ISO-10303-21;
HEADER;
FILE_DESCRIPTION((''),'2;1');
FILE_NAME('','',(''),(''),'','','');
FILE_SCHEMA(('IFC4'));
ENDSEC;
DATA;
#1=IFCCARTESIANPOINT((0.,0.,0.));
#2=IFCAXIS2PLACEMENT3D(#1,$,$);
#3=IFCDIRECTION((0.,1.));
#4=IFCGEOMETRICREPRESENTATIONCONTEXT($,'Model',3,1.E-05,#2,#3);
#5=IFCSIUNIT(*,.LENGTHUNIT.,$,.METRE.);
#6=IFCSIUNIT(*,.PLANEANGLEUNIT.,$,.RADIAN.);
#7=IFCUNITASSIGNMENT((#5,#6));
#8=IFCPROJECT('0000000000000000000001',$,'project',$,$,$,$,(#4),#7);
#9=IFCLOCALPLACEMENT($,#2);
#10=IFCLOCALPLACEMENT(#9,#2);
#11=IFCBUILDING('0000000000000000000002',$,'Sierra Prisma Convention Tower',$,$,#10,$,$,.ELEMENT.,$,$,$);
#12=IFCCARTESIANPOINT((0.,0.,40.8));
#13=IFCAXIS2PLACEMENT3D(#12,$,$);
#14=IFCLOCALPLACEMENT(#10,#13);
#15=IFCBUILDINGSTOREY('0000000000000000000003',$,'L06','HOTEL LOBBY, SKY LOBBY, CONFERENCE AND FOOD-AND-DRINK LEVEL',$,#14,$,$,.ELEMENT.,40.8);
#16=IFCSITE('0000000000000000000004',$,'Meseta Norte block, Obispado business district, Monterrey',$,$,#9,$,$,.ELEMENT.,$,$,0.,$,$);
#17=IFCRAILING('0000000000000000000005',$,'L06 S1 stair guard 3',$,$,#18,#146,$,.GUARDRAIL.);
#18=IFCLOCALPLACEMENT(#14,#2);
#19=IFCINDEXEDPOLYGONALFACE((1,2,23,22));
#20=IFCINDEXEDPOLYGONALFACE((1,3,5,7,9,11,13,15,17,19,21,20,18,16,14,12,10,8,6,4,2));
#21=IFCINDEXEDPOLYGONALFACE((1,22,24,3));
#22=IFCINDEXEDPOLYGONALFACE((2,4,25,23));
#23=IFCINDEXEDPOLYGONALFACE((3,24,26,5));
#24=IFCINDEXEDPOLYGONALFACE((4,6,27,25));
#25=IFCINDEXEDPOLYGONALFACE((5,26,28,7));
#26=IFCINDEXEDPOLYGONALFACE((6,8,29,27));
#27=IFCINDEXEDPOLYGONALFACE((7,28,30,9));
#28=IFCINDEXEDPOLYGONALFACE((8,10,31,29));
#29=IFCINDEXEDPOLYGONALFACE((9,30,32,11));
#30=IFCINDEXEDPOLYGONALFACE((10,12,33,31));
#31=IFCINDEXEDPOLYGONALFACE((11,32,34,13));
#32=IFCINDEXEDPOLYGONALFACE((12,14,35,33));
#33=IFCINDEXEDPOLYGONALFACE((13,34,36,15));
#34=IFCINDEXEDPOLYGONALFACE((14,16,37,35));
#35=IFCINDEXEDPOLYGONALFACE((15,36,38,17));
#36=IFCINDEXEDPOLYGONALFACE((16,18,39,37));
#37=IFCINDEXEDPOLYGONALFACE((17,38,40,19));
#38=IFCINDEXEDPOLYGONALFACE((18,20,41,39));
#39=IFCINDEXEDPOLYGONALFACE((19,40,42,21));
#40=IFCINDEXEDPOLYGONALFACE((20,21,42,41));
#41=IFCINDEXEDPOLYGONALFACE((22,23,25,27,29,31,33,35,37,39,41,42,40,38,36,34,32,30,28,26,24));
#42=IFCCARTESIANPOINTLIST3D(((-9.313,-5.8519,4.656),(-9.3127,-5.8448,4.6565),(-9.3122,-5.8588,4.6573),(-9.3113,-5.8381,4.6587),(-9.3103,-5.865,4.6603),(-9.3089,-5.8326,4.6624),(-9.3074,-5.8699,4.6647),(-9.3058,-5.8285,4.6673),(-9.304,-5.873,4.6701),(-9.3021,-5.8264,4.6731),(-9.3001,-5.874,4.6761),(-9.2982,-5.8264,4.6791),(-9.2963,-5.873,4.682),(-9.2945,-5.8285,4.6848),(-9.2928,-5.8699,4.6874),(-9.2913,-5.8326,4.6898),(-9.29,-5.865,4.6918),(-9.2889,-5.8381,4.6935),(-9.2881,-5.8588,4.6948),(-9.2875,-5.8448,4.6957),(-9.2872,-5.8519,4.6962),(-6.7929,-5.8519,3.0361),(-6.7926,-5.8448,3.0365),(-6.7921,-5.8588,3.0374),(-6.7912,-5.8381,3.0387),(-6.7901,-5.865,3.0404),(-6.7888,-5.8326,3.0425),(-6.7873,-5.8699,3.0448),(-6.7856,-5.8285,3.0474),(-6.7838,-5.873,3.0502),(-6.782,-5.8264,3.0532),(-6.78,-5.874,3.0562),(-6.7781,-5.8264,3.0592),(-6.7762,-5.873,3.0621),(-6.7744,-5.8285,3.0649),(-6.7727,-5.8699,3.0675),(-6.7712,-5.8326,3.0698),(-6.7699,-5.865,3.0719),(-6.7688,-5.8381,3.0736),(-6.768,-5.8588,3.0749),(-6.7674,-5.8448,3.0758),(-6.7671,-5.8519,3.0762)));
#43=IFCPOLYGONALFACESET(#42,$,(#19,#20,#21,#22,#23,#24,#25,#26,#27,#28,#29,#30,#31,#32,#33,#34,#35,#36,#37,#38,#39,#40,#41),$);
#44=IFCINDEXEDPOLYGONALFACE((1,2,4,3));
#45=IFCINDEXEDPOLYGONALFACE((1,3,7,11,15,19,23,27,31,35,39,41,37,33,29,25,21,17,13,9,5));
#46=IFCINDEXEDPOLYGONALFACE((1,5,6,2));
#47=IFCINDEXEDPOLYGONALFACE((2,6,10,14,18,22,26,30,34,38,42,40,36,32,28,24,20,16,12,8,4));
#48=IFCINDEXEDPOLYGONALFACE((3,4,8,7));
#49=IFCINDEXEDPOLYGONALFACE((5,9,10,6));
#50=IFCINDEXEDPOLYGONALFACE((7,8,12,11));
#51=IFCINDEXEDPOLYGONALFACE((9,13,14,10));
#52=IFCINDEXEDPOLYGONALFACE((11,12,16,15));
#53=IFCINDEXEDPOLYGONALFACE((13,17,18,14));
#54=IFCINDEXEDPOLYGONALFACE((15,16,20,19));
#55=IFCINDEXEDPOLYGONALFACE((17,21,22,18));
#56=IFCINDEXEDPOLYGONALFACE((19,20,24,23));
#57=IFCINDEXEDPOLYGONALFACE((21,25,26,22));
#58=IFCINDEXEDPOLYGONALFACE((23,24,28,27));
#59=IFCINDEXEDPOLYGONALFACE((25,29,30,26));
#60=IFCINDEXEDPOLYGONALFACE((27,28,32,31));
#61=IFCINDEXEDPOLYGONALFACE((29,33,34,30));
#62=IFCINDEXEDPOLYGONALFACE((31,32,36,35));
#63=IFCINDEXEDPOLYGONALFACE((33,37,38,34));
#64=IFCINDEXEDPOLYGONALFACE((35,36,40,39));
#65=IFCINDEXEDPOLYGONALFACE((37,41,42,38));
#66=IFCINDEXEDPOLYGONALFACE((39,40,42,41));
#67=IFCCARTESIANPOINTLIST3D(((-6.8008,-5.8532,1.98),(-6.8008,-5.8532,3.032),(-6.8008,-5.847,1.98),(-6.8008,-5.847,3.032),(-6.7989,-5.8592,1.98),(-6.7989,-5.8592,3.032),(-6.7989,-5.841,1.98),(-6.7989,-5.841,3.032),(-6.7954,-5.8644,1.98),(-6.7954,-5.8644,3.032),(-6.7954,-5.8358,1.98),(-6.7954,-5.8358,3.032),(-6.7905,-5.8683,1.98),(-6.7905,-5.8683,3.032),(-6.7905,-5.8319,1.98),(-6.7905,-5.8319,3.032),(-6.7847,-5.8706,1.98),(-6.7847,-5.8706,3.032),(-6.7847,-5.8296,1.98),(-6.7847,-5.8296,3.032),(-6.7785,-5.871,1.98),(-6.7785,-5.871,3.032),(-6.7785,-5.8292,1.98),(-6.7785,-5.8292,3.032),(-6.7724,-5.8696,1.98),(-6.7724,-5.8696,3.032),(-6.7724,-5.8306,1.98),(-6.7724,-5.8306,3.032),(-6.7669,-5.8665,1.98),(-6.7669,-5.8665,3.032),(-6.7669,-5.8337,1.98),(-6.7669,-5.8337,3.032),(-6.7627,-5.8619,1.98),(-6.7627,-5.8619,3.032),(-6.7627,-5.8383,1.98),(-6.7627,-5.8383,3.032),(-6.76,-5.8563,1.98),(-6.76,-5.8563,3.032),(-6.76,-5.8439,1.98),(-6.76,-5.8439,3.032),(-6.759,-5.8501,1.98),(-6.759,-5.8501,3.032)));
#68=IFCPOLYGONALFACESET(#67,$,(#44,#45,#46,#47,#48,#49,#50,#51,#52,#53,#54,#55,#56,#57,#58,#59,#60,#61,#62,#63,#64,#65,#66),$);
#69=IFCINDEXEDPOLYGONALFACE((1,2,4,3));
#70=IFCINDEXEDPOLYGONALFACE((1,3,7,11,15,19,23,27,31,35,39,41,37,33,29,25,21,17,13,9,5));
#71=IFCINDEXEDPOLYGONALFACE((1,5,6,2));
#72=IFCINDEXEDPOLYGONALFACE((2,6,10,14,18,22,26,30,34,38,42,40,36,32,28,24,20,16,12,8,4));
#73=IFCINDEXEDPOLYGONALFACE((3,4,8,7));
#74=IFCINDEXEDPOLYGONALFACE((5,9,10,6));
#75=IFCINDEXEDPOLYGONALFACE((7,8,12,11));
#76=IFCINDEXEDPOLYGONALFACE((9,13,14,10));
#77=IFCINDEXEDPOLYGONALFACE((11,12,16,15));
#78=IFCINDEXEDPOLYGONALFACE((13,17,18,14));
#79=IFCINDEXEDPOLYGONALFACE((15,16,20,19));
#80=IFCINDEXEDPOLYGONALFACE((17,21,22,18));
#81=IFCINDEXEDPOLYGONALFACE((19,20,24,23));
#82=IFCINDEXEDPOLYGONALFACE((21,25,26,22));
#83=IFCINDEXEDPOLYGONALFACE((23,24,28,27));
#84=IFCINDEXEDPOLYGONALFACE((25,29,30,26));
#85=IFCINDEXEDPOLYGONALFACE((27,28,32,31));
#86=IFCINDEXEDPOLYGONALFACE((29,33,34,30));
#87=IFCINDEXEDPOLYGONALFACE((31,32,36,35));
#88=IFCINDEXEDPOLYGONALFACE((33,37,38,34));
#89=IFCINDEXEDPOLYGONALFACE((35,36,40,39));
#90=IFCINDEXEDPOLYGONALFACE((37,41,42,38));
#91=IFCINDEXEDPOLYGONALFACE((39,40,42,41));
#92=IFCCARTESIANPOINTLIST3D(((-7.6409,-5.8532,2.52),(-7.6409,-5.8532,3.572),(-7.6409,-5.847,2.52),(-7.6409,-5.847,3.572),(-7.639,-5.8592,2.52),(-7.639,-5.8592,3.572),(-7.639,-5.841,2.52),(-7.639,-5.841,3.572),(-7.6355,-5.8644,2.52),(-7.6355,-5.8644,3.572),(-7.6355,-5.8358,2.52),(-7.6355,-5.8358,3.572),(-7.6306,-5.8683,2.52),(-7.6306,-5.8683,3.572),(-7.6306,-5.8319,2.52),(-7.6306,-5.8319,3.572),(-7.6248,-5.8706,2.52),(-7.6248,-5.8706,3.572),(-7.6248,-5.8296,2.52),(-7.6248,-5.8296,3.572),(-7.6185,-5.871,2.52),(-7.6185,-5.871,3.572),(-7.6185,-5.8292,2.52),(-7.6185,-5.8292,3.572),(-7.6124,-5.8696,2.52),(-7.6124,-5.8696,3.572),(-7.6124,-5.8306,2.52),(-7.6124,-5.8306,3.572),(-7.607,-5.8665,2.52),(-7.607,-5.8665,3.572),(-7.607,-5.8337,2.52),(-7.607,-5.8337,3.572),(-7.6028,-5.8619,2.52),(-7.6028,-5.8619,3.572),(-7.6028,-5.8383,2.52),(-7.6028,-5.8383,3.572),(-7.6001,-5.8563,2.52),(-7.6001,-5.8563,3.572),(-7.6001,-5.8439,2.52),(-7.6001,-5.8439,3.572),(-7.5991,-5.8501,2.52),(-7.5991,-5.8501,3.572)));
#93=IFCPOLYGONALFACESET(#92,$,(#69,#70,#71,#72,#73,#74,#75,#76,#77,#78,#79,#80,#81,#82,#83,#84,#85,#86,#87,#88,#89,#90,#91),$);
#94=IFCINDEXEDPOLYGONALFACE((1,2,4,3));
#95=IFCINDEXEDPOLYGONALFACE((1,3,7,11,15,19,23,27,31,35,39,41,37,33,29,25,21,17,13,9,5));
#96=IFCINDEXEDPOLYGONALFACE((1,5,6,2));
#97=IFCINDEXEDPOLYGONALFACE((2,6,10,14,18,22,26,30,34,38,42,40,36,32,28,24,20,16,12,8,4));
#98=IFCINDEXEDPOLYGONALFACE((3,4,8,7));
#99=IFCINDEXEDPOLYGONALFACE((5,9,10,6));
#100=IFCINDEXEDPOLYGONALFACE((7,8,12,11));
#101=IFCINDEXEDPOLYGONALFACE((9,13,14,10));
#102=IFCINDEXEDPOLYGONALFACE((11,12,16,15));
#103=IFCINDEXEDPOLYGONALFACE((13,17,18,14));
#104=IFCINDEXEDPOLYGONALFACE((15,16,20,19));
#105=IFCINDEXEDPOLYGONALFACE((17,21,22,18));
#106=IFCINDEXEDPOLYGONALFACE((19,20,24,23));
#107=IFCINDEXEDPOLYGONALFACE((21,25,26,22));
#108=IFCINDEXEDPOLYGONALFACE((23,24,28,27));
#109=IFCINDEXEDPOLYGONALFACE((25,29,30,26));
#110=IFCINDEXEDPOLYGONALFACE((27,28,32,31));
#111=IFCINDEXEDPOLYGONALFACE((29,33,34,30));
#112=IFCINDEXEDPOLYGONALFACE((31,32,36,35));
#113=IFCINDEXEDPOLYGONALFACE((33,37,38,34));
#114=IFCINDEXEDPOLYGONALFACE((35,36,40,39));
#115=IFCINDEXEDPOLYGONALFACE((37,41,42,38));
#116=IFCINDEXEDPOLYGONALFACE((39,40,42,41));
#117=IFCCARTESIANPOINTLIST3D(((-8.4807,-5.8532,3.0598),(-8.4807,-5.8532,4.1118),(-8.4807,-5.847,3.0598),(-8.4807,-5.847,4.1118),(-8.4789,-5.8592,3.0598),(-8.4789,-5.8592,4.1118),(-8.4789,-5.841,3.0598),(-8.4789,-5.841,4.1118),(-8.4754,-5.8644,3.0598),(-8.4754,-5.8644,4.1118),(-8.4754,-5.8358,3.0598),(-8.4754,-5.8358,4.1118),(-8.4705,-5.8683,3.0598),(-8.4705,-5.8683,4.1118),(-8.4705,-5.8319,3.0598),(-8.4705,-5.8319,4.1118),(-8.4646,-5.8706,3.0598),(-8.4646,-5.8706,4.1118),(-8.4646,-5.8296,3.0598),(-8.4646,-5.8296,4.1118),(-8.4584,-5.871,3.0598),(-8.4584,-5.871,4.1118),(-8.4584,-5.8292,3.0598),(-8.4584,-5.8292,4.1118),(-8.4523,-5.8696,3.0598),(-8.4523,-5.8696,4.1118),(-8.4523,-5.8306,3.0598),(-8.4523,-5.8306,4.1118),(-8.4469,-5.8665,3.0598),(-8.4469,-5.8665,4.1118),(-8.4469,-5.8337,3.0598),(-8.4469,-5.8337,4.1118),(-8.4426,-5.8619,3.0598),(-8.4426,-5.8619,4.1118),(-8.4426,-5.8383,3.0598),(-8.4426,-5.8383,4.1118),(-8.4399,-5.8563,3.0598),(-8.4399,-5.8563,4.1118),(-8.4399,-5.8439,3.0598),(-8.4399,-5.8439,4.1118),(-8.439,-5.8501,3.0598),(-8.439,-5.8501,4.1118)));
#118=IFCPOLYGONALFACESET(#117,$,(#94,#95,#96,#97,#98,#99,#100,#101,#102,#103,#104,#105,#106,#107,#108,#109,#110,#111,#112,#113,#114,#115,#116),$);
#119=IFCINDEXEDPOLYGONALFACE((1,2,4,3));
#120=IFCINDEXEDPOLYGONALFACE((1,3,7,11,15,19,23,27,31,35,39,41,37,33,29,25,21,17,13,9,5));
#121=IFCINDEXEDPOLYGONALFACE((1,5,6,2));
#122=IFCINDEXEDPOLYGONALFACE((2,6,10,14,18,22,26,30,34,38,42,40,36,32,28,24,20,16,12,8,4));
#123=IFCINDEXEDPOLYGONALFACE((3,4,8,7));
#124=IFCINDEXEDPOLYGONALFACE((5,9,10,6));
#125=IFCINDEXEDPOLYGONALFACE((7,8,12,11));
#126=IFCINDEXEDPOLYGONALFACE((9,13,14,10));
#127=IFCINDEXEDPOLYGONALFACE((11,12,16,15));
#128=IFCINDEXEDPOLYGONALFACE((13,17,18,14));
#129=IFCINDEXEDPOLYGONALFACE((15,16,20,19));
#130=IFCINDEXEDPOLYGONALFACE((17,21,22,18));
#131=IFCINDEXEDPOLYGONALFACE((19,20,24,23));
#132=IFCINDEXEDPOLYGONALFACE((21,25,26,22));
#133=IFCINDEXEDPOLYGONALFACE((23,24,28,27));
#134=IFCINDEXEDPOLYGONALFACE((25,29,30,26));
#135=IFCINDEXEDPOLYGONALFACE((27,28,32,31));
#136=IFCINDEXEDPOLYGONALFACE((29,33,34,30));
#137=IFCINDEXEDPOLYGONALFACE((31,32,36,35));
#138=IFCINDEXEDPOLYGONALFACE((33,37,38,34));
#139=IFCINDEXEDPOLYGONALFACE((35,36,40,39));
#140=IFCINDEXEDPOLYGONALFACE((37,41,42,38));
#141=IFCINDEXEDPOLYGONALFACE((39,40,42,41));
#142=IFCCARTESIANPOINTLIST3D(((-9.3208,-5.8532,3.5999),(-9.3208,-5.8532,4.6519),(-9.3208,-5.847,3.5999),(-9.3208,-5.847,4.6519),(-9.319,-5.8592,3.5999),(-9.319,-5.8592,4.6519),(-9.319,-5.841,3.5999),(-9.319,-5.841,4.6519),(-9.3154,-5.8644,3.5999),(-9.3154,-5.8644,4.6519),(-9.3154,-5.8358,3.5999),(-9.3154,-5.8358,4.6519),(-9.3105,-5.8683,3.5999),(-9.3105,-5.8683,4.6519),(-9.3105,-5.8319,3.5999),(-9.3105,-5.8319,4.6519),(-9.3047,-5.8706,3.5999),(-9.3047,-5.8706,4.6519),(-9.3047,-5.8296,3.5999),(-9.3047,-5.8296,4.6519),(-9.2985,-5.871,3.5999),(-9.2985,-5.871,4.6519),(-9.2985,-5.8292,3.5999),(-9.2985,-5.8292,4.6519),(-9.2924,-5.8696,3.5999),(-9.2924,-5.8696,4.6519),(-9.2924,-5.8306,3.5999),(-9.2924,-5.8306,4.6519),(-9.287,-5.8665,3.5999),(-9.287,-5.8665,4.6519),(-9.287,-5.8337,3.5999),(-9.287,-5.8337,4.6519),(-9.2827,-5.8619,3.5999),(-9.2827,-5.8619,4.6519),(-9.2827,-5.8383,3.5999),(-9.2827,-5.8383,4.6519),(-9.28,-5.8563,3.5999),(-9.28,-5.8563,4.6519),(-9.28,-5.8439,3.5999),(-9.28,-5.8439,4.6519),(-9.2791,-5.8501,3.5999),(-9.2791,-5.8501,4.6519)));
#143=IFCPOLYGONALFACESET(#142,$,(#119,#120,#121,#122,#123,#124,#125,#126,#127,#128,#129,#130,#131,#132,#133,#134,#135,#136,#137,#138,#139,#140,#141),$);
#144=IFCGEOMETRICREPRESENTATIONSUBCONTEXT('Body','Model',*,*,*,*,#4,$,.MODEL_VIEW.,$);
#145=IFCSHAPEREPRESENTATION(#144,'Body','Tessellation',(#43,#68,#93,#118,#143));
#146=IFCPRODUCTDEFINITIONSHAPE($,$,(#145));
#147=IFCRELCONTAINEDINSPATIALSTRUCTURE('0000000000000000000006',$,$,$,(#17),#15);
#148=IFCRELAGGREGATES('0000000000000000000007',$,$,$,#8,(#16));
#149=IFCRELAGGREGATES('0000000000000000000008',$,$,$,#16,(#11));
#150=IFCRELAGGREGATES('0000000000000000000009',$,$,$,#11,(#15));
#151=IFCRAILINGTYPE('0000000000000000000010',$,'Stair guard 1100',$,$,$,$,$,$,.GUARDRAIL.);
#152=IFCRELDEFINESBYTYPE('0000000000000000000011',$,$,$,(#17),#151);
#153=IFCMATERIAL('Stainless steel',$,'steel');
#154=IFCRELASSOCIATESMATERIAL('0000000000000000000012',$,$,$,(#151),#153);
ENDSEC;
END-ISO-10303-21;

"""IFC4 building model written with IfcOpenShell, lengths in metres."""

from ifc_helpers import new_model, si_unit, direction, frame, origin, origin_2d, place, context, subcontext, project, spatial, circle, extrude, material, type_object, element, save


model = new_model("IFC4")

# Units and contexts
model_context = context("Model", 3, precision=1e-05, world=origin(), true_north=direction((0.0, 1.0)))
body_context = subcontext(model_context, "Body", "Model", "MODEL_VIEW")
ifc_project = project(units=[si_unit("LENGTHUNIT", "METRE"), si_unit("PLANEANGLEUNIT", "RADIAN")], contexts=[model_context])

# Site, building, storey
site_placement = place(None, origin())
site = spatial("IfcSite", under=ifc_project, at=site_placement, Name="Meseta Norte block, Obispado business district, Monterrey", CompositionType="ELEMENT", RefElevation=0.0)
building_placement = place(site_placement, origin())
building = spatial("IfcBuilding", under=site, at=building_placement, Name="Sierra Prisma Convention Tower", CompositionType="ELEMENT")
storey_placement = place(building_placement, frame((0.0, 0.0, 40.8)))
storey = spatial("IfcBuildingStorey", under=building, at=storey_placement, Name="L06", Description="HOTEL LOBBY, SKY LOBBY, CONFERENCE AND FOOD-AND-DRINK LEVEL", CompositionType="ELEMENT", Elevation=40.8)

# Railing
ifc_material_1 = material(Name="Stainless steel", Category="steel")
railing_type_1 = type_object("IfcRailingType", Name="Stair guard 1100", PredefinedType="GUARDRAIL", material=ifc_material_1)
railing_1_placement = place(storey_placement, frame((-6.78, -5.8501, 1.98)))
element("IfcRailing", 1, at=railing_1_placement, inside=storey, type_object=railing_type_1, Name="L06 S1 stair guard 3", PredefinedType="GUARDRAIL", context=body_context, shape_type="SweptSolid", body=[
    extrude(circle(Radius=0.0239, at=origin_2d()), frame((0.0, 0.0, 1.0762), z_axis=(-0.8412, 0.0, 0.540725), x_axis=(0.0, -1.0, 0.0)), (0.0, 0.0, 1.0), 2.9958),
    extrude(circle(Radius=0.021, at=origin_2d()), origin(), (0.0, 0.0, 1.0), 1.052),
    extrude(circle(Radius=0.021, at=origin_2d()), frame((-0.8401, 0.0, 0.54)), (0.0, 0.0, 1.0), 1.052),
    extrude(circle(Radius=0.021, at=origin_2d()), frame((-1.6799, 0.0, 1.0798)), (0.0, 0.0, 1.0), 1.052),
    extrude(circle(Radius=0.021, at=origin_2d()), frame((-2.52, 0.0, 1.6199)), (0.0, 0.0, 1.0), 1.052),
])

save(model, "model.ifc")
